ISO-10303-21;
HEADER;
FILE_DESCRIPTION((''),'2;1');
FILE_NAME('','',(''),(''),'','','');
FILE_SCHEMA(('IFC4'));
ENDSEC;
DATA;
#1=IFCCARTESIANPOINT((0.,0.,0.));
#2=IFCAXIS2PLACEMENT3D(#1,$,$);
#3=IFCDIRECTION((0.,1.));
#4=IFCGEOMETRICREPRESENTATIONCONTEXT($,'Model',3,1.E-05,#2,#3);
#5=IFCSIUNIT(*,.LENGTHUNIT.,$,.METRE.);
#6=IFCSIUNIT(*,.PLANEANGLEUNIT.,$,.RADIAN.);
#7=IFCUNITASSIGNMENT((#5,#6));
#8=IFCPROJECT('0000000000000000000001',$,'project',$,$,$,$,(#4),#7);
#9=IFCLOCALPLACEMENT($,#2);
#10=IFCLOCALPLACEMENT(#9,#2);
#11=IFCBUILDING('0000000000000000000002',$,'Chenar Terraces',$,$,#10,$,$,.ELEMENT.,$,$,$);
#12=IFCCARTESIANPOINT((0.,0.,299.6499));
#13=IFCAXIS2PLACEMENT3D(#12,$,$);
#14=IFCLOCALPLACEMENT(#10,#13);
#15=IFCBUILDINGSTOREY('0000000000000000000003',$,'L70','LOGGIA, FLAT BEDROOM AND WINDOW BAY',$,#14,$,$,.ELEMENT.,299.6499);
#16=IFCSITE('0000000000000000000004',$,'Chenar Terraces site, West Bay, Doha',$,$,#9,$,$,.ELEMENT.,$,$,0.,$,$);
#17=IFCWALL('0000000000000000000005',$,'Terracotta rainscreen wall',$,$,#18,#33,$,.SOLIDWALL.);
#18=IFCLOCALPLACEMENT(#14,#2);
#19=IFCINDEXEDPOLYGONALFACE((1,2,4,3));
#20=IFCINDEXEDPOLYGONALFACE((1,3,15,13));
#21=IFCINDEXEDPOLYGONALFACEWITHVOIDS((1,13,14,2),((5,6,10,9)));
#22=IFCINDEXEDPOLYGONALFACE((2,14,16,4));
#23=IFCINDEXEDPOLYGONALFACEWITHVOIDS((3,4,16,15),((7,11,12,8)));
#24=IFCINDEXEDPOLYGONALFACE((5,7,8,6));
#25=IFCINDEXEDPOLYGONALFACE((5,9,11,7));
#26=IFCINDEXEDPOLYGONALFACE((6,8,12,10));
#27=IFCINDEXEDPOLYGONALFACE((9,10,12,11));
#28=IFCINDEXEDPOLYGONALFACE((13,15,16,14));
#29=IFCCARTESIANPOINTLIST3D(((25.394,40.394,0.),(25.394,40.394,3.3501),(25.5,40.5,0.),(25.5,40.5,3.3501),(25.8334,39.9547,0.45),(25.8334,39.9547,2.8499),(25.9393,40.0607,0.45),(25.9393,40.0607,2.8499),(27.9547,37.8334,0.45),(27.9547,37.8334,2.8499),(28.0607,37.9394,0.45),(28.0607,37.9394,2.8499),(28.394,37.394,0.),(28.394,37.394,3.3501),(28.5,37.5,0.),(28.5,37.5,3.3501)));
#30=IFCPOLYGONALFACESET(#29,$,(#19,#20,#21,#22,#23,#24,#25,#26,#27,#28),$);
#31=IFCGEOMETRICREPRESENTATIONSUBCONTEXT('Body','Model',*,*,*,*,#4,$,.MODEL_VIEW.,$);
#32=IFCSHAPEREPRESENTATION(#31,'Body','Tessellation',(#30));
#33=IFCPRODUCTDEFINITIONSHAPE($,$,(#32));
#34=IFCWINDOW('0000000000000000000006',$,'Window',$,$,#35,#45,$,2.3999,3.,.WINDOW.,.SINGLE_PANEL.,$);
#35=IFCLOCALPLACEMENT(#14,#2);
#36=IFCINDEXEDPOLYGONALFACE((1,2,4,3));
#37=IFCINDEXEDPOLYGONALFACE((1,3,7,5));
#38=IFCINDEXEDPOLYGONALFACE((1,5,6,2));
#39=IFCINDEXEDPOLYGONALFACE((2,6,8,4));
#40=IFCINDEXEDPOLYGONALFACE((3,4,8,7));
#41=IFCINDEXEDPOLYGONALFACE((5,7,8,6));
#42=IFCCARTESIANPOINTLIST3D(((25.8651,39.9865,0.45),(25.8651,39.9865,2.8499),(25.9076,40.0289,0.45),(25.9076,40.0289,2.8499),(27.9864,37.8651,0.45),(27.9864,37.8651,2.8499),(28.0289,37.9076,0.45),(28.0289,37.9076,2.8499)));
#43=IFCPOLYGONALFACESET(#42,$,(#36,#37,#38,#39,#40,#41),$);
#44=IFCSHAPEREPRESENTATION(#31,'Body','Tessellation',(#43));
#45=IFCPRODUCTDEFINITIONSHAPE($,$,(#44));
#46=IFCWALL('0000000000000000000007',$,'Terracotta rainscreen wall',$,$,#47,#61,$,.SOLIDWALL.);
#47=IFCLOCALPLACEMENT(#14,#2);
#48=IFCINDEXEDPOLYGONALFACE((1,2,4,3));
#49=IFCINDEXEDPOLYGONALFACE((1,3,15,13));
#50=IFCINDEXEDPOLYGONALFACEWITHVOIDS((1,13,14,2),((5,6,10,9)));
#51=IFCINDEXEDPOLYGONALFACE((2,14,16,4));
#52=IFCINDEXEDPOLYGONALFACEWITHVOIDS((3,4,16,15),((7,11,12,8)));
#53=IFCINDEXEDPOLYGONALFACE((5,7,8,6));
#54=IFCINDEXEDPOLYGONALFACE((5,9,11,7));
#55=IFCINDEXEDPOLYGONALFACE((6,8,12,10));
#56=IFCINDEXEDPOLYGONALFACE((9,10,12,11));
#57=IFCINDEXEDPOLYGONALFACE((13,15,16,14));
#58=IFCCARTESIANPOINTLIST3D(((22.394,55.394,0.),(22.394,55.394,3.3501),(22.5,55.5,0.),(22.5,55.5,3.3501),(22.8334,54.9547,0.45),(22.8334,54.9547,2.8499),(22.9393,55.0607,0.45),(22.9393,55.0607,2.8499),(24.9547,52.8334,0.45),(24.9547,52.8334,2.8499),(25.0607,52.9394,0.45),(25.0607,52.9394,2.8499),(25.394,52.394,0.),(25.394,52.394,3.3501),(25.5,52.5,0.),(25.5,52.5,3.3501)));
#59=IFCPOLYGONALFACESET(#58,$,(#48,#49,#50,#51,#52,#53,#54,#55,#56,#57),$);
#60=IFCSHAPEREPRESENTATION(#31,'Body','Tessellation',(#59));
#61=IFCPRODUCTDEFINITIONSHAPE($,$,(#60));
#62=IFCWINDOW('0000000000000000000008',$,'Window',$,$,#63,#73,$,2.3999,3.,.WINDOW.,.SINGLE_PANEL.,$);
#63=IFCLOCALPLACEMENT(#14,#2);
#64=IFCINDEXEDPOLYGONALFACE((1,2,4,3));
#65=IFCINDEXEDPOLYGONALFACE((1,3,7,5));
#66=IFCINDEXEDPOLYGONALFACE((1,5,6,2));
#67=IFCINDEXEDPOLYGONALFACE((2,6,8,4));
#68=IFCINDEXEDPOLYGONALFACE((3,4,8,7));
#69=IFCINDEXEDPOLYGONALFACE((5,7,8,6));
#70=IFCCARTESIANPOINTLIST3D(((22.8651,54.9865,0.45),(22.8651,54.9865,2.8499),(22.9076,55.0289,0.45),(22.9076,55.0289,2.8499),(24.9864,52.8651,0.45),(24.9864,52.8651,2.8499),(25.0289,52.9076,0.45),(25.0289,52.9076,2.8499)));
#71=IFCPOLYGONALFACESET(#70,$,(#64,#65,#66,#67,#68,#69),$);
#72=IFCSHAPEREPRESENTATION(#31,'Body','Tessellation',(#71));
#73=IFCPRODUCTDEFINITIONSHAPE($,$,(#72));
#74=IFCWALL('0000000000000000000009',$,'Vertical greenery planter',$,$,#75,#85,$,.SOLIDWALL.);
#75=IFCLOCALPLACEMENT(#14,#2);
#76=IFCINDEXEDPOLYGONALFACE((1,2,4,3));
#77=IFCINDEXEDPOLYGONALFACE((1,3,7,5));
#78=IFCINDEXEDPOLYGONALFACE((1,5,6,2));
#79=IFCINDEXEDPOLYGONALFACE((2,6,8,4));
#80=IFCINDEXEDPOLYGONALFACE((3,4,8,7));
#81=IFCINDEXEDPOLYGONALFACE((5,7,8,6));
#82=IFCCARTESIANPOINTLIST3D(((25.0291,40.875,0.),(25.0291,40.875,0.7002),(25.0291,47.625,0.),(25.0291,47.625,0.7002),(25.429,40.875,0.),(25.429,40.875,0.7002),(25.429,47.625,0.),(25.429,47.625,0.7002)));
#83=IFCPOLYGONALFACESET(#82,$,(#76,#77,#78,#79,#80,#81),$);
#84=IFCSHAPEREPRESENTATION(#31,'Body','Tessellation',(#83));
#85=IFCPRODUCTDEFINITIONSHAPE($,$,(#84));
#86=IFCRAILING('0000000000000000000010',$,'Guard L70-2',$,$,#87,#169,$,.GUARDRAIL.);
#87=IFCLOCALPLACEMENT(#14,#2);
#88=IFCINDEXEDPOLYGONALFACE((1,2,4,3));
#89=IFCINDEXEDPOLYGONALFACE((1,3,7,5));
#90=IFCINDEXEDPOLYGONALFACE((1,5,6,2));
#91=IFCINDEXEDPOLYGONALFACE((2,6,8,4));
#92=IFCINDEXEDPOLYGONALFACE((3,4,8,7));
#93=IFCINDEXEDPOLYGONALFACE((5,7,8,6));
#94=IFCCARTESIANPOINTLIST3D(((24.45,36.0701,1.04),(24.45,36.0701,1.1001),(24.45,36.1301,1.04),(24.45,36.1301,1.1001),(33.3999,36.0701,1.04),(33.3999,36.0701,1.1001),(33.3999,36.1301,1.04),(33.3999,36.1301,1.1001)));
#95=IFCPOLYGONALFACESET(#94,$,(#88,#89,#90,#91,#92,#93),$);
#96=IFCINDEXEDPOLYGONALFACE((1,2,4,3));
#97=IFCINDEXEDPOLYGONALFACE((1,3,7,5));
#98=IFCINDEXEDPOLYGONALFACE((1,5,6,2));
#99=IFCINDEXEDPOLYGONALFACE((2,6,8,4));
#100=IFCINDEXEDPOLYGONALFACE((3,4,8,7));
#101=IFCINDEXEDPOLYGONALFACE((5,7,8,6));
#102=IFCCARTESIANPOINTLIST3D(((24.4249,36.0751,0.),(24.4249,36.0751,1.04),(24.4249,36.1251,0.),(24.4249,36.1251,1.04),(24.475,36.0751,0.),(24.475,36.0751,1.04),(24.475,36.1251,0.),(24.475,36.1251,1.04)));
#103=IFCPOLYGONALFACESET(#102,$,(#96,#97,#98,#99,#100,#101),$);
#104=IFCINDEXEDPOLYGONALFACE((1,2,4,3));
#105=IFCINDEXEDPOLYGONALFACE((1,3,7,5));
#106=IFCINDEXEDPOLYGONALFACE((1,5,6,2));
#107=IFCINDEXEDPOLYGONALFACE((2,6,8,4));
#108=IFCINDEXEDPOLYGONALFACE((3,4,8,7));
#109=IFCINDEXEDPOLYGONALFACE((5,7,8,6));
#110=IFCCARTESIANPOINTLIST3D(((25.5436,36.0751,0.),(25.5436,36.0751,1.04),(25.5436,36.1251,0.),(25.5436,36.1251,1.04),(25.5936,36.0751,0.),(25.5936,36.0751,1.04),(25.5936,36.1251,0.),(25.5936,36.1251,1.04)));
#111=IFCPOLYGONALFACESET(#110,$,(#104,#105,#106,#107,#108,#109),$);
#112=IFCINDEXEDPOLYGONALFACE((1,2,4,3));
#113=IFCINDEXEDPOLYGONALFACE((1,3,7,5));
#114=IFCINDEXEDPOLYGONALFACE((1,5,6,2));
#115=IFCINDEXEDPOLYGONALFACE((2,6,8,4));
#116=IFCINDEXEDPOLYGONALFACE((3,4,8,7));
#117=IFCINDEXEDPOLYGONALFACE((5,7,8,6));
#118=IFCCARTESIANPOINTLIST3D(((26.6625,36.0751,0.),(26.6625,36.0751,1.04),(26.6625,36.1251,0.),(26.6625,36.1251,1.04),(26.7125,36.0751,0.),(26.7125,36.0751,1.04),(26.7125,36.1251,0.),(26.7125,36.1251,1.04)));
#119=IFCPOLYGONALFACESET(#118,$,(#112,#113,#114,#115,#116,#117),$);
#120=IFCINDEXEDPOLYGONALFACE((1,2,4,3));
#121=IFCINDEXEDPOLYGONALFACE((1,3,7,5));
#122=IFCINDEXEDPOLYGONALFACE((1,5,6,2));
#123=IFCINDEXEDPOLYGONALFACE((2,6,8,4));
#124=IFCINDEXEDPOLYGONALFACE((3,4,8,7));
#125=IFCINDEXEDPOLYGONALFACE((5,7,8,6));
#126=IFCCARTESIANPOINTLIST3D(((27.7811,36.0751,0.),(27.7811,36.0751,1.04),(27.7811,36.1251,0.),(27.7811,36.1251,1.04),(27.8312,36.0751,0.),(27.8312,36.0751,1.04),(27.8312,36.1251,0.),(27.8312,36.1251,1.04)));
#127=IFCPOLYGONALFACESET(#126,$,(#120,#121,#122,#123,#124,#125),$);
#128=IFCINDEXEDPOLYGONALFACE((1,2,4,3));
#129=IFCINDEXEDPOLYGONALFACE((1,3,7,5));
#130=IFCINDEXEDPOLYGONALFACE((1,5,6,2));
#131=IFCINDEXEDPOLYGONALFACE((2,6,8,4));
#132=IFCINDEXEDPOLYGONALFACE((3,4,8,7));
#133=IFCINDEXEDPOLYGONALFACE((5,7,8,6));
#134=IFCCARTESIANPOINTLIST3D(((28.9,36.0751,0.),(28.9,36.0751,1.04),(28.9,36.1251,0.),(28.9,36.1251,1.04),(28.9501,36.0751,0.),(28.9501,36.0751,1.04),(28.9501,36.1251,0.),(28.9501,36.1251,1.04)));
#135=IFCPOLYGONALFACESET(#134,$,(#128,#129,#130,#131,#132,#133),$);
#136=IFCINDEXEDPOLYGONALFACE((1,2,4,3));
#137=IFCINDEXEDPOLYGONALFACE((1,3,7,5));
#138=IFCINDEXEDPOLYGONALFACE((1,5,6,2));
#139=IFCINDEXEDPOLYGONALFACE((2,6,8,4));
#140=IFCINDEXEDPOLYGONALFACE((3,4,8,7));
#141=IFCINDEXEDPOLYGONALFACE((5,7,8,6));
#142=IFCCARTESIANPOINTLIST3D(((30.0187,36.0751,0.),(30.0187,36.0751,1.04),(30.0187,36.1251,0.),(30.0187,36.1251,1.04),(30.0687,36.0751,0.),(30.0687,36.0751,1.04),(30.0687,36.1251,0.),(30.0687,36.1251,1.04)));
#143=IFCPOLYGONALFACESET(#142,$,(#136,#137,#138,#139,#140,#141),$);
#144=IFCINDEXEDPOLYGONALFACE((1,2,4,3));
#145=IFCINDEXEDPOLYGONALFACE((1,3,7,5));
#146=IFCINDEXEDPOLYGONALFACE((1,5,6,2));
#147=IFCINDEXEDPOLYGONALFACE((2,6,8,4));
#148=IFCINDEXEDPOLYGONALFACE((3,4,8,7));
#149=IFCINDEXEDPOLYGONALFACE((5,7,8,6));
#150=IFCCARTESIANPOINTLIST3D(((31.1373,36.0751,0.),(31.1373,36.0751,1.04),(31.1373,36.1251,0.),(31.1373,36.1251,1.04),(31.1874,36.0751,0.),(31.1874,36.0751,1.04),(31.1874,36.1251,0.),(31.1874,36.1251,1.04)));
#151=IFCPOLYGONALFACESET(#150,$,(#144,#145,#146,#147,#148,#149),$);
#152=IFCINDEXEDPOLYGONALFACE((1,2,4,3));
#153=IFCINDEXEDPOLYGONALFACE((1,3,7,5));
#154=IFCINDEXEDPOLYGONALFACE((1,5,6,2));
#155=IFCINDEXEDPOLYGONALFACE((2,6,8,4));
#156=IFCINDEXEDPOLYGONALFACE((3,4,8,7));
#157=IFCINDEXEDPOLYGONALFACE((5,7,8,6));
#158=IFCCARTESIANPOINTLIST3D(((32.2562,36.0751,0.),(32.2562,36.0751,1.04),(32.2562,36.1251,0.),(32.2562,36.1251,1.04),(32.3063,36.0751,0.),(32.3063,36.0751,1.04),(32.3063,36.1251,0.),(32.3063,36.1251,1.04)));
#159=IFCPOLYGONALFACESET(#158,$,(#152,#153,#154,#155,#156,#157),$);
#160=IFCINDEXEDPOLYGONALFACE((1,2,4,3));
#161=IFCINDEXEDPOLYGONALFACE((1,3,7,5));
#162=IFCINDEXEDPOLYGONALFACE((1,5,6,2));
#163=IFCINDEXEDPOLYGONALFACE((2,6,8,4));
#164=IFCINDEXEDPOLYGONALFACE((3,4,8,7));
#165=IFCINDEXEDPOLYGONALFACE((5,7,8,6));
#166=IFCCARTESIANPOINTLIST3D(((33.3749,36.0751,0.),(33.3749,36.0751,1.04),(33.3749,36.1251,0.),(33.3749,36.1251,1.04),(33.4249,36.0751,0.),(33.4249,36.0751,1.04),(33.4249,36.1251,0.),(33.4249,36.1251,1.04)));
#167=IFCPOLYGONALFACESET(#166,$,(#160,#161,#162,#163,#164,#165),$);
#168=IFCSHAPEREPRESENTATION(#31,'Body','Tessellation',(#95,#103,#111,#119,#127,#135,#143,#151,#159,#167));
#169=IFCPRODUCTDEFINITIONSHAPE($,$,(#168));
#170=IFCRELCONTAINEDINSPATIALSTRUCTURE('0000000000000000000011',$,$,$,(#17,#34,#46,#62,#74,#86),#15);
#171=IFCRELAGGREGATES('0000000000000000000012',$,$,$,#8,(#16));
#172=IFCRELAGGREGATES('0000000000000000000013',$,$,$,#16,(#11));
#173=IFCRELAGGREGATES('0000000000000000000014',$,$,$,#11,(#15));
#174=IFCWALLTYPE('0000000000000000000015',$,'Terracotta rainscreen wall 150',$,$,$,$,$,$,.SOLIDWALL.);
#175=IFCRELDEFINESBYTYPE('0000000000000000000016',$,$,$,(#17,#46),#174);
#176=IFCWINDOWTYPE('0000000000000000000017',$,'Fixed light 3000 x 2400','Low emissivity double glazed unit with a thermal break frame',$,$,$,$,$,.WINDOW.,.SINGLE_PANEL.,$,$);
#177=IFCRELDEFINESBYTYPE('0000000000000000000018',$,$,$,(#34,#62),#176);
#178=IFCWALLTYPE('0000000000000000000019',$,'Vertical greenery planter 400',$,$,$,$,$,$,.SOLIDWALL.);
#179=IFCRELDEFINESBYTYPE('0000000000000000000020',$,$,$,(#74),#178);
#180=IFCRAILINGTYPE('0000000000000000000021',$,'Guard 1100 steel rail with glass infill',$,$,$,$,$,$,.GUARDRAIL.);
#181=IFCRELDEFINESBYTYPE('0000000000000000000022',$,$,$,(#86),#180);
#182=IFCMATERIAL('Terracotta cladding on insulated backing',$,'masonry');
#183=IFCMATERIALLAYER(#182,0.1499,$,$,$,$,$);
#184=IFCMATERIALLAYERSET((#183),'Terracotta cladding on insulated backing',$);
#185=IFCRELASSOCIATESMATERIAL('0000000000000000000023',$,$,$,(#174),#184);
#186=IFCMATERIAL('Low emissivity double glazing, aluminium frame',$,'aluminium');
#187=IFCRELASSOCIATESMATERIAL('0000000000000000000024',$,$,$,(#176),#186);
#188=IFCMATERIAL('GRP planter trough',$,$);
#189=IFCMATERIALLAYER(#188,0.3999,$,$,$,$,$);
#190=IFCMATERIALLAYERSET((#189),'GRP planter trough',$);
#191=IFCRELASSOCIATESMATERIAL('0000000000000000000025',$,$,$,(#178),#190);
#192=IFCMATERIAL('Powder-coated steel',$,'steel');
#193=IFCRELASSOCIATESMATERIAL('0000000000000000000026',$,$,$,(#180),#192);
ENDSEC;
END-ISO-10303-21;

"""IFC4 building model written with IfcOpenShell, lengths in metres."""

from ifc_helpers import new_model, si_unit, direction, frame, frame_2d, origin, origin_2d, place, context, subcontext, project, spatial, rectangle, extrude, material, layer, layer_set, type_object, element, fill, save


model = new_model("IFC4")

# Units and contexts
model_context = context("Model", 3, precision=1e-05, world=origin(), true_north=direction((0.0, 1.0)))
body_context = subcontext(model_context, "Body", "Model", "MODEL_VIEW")
ifc_project = project(units=[si_unit("LENGTHUNIT", "METRE"), si_unit("PLANEANGLEUNIT", "RADIAN")], contexts=[model_context])

# Site, building, storey
site_placement = place(None, origin())
site = spatial("IfcSite", under=ifc_project, at=site_placement, Name="Chenar Terraces site, West Bay, Doha", CompositionType="ELEMENT", RefElevation=0.0)
building_placement = place(site_placement, origin())
building = spatial("IfcBuilding", under=site, at=building_placement, Name="Chenar Terraces", CompositionType="ELEMENT")
storey_placement = place(building_placement, frame((0.0, 0.0, 299.6499)))
storey = spatial("IfcBuildingStorey", under=building, at=storey_placement, Name="L70", Description="LOGGIA, FLAT BEDROOM AND WINDOW BAY", CompositionType="ELEMENT", Elevation=299.6499)

# Walls, openings, windows
ifc_material_1 = material(Name="Terracotta cladding on insulated backing", Category="masonry")
ifc_layer_1 = layer(ifc_material_1, 0.1499)
ifc_layer_set_1 = layer_set([ifc_layer_1], Name="Terracotta cladding on insulated backing")
wall_type_1 = type_object("IfcWallType", Name="Terracotta rainscreen wall 150", PredefinedType="SOLIDWALL", material=ifc_layer_set_1)
wall_1_placement = place(storey_placement, frame((28.447, 37.447, 0.0), z_axis=(0.0, 0.0, 1.0), x_axis=(-0.707107, 0.707107, 0.0)))
wall_1 = element("IfcWall", 1, at=wall_1_placement, inside=storey, type_object=wall_type_1, Name="Terracotta rainscreen wall", PredefinedType="SOLIDWALL", context=body_context, shape_type="SweptSolid", body=[
    extrude(rectangle(XDim=4.2427, YDim=0.1499, at=frame_2d((2.1213, 0.0))), origin(), (0.0, 0.0, 1.0), 3.3501),
])
opening_1_placement = place(wall_1_placement, frame((0.6213, 0.0, 0.45)))
opening_1 = element("IfcOpeningElement", 2, at=opening_1_placement, cuts=wall_1, PredefinedType="OPENING", context=body_context, shape_type="SweptSolid", body=[
    extrude(rectangle(XDim=3.0, YDim=2.3999, at=frame_2d((1.5, 1.2))), frame((0.0, 0.085, 0.0), z_axis=(0.0, -1.0, 0.0), x_axis=(1.0, 0.0, 0.0)), (0.0, 0.0, 1.0), 0.1699),
])
ifc_material_2 = material(Name="Low emissivity double glazing, aluminium frame", Category="aluminium")
window_type_1 = type_object("IfcWindowType", Name="Fixed light 3000 x 2400", Description="Low emissivity double glazed unit with a thermal break frame", PartitioningType="SINGLE_PANEL", PredefinedType="WINDOW", material=ifc_material_2)
window_1_placement = place(opening_1_placement, origin())
window_1 = element("IfcWindow", 3, at=window_1_placement, inside=storey, type_object=window_type_1, Name="Window", OverallHeight=2.3999, OverallWidth=3.0, PartitioningType="SINGLE_PANEL", PredefinedType="WINDOW", context=body_context, shape_type="SweptSolid", body=[
    extrude(rectangle(XDim=3.0, YDim=2.3999, at=frame_2d((1.5, 1.2))), frame((0.0, 0.03, 0.0), z_axis=(0.0, -1.0, 0.0), x_axis=(1.0, 0.0, 0.0)), (0.0, 0.0, 1.0), 0.0601),
])
fill(opening_1, window_1)
wall_2_placement = place(storey_placement, frame((25.447, 52.447, 0.0), z_axis=(0.0, 0.0, 1.0), x_axis=(-0.707107, 0.707107, 0.0)))
wall_2 = element("IfcWall", 4, at=wall_2_placement, inside=storey, type_object=wall_type_1, Name="Terracotta rainscreen wall", PredefinedType="SOLIDWALL", context=body_context, shape_type="SweptSolid", body=[
    extrude(rectangle(XDim=4.2427, YDim=0.1499, at=frame_2d((2.1213, 0.0))), origin(), (0.0, 0.0, 1.0), 3.3501),
])
opening_2_placement = place(wall_2_placement, frame((0.6213, 0.0, 0.45)))
opening_2 = element("IfcOpeningElement", 5, at=opening_2_placement, cuts=wall_2, PredefinedType="OPENING", context=body_context, shape_type="SweptSolid", body=[
    extrude(rectangle(XDim=3.0, YDim=2.3999, at=frame_2d((1.5, 1.2))), frame((0.0, 0.085, 0.0), z_axis=(0.0, -1.0, 0.0), x_axis=(1.0, 0.0, 0.0)), (0.0, 0.0, 1.0), 0.1699),
])
window_2_placement = place(opening_2_placement, origin())
window_2 = element("IfcWindow", 6, at=window_2_placement, inside=storey, type_object=window_type_1, Name="Window", OverallHeight=2.3999, OverallWidth=3.0, PartitioningType="SINGLE_PANEL", PredefinedType="WINDOW", context=body_context, shape_type="SweptSolid", body=[
    extrude(rectangle(XDim=3.0, YDim=2.3999, at=frame_2d((1.5, 1.2))), frame((0.0, 0.03, 0.0), z_axis=(0.0, -1.0, 0.0), x_axis=(1.0, 0.0, 0.0)), (0.0, 0.0, 1.0), 0.0601),
])
fill(opening_2, window_2)

# Wall
ifc_material_3 = material(Name="GRP planter trough")
ifc_layer_2 = layer(ifc_material_3, 0.3999)
ifc_layer_set_2 = layer_set([ifc_layer_2], Name="GRP planter trough")
wall_type_2 = type_object("IfcWallType", Name="Vertical greenery planter 400", PredefinedType="SOLIDWALL", material=ifc_layer_set_2)
wall_3_placement = place(storey_placement, frame((25.229, 40.875, 0.0), z_axis=(0.0, 0.0, 1.0), x_axis=(0.0, 1.0, 0.0)))
element("IfcWall", 7, at=wall_3_placement, inside=storey, type_object=wall_type_2, Name="Vertical greenery planter", PredefinedType="SOLIDWALL", context=body_context, shape_type="SweptSolid", body=[
    extrude(rectangle(XDim=6.75, YDim=0.3999, at=frame_2d((3.375, 0.0))), origin(), (0.0, 0.0, 1.0), 0.7002),
])

# Railing
ifc_material_4 = material(Name="Powder-coated steel", Category="steel")
railing_type_1 = type_object("IfcRailingType", Name="Guard 1100 steel rail with glass infill", PredefinedType="GUARDRAIL", material=ifc_material_4)
railing_1_placement = place(storey_placement, frame((24.45, 36.1001, 0.0)))
element("IfcRailing", 8, at=railing_1_placement, inside=storey, type_object=railing_type_1, Name="Guard L70-2", PredefinedType="GUARDRAIL", context=body_context, shape_type="SweptSolid", body=[
    extrude(rectangle(XDim=0.0601, YDim=0.0601, at=origin_2d()), frame((0.0, 0.0, 1.0701), z_axis=(1.0, 0.0, 0.0), x_axis=(0.0, 1.0, 0.0)), (0.0, 0.0, 1.0), 8.95),
    extrude(rectangle(XDim=0.05, YDim=0.05, at=origin_2d()), origin(), (0.0, 0.0, 1.0), 1.04),
    extrude(rectangle(XDim=0.05, YDim=0.05, at=origin_2d()), frame((1.1187, 0.0, 0.0)), (0.0, 0.0, 1.0), 1.04),
    extrude(rectangle(XDim=0.05, YDim=0.05, at=origin_2d()), frame((2.2375, 0.0, 0.0)), (0.0, 0.0, 1.0), 1.04),
    extrude(rectangle(XDim=0.05, YDim=0.05, at=origin_2d()), frame((3.3562, 0.0, 0.0)), (0.0, 0.0, 1.0), 1.04),
    extrude(rectangle(XDim=0.05, YDim=0.05, at=origin_2d()), frame((4.4751, 0.0, 0.0)), (0.0, 0.0, 1.0), 1.04),
    extrude(rectangle(XDim=0.05, YDim=0.05, at=origin_2d()), frame((5.5938, 0.0, 0.0)), (0.0, 0.0, 1.0), 1.04),
    extrude(rectangle(XDim=0.05, YDim=0.05, at=origin_2d()), frame((6.7124, 0.0, 0.0)), (0.0, 0.0, 1.0), 1.04),
    extrude(rectangle(XDim=0.05, YDim=0.05, at=origin_2d()), frame((7.8313, 0.0, 0.0)), (0.0, 0.0, 1.0), 1.04),
    extrude(rectangle(XDim=0.05, YDim=0.05, at=origin_2d()), frame((8.95, 0.0, 0.0)), (0.0, 0.0, 1.0), 1.04),
])

save(model, "model.ifc")
